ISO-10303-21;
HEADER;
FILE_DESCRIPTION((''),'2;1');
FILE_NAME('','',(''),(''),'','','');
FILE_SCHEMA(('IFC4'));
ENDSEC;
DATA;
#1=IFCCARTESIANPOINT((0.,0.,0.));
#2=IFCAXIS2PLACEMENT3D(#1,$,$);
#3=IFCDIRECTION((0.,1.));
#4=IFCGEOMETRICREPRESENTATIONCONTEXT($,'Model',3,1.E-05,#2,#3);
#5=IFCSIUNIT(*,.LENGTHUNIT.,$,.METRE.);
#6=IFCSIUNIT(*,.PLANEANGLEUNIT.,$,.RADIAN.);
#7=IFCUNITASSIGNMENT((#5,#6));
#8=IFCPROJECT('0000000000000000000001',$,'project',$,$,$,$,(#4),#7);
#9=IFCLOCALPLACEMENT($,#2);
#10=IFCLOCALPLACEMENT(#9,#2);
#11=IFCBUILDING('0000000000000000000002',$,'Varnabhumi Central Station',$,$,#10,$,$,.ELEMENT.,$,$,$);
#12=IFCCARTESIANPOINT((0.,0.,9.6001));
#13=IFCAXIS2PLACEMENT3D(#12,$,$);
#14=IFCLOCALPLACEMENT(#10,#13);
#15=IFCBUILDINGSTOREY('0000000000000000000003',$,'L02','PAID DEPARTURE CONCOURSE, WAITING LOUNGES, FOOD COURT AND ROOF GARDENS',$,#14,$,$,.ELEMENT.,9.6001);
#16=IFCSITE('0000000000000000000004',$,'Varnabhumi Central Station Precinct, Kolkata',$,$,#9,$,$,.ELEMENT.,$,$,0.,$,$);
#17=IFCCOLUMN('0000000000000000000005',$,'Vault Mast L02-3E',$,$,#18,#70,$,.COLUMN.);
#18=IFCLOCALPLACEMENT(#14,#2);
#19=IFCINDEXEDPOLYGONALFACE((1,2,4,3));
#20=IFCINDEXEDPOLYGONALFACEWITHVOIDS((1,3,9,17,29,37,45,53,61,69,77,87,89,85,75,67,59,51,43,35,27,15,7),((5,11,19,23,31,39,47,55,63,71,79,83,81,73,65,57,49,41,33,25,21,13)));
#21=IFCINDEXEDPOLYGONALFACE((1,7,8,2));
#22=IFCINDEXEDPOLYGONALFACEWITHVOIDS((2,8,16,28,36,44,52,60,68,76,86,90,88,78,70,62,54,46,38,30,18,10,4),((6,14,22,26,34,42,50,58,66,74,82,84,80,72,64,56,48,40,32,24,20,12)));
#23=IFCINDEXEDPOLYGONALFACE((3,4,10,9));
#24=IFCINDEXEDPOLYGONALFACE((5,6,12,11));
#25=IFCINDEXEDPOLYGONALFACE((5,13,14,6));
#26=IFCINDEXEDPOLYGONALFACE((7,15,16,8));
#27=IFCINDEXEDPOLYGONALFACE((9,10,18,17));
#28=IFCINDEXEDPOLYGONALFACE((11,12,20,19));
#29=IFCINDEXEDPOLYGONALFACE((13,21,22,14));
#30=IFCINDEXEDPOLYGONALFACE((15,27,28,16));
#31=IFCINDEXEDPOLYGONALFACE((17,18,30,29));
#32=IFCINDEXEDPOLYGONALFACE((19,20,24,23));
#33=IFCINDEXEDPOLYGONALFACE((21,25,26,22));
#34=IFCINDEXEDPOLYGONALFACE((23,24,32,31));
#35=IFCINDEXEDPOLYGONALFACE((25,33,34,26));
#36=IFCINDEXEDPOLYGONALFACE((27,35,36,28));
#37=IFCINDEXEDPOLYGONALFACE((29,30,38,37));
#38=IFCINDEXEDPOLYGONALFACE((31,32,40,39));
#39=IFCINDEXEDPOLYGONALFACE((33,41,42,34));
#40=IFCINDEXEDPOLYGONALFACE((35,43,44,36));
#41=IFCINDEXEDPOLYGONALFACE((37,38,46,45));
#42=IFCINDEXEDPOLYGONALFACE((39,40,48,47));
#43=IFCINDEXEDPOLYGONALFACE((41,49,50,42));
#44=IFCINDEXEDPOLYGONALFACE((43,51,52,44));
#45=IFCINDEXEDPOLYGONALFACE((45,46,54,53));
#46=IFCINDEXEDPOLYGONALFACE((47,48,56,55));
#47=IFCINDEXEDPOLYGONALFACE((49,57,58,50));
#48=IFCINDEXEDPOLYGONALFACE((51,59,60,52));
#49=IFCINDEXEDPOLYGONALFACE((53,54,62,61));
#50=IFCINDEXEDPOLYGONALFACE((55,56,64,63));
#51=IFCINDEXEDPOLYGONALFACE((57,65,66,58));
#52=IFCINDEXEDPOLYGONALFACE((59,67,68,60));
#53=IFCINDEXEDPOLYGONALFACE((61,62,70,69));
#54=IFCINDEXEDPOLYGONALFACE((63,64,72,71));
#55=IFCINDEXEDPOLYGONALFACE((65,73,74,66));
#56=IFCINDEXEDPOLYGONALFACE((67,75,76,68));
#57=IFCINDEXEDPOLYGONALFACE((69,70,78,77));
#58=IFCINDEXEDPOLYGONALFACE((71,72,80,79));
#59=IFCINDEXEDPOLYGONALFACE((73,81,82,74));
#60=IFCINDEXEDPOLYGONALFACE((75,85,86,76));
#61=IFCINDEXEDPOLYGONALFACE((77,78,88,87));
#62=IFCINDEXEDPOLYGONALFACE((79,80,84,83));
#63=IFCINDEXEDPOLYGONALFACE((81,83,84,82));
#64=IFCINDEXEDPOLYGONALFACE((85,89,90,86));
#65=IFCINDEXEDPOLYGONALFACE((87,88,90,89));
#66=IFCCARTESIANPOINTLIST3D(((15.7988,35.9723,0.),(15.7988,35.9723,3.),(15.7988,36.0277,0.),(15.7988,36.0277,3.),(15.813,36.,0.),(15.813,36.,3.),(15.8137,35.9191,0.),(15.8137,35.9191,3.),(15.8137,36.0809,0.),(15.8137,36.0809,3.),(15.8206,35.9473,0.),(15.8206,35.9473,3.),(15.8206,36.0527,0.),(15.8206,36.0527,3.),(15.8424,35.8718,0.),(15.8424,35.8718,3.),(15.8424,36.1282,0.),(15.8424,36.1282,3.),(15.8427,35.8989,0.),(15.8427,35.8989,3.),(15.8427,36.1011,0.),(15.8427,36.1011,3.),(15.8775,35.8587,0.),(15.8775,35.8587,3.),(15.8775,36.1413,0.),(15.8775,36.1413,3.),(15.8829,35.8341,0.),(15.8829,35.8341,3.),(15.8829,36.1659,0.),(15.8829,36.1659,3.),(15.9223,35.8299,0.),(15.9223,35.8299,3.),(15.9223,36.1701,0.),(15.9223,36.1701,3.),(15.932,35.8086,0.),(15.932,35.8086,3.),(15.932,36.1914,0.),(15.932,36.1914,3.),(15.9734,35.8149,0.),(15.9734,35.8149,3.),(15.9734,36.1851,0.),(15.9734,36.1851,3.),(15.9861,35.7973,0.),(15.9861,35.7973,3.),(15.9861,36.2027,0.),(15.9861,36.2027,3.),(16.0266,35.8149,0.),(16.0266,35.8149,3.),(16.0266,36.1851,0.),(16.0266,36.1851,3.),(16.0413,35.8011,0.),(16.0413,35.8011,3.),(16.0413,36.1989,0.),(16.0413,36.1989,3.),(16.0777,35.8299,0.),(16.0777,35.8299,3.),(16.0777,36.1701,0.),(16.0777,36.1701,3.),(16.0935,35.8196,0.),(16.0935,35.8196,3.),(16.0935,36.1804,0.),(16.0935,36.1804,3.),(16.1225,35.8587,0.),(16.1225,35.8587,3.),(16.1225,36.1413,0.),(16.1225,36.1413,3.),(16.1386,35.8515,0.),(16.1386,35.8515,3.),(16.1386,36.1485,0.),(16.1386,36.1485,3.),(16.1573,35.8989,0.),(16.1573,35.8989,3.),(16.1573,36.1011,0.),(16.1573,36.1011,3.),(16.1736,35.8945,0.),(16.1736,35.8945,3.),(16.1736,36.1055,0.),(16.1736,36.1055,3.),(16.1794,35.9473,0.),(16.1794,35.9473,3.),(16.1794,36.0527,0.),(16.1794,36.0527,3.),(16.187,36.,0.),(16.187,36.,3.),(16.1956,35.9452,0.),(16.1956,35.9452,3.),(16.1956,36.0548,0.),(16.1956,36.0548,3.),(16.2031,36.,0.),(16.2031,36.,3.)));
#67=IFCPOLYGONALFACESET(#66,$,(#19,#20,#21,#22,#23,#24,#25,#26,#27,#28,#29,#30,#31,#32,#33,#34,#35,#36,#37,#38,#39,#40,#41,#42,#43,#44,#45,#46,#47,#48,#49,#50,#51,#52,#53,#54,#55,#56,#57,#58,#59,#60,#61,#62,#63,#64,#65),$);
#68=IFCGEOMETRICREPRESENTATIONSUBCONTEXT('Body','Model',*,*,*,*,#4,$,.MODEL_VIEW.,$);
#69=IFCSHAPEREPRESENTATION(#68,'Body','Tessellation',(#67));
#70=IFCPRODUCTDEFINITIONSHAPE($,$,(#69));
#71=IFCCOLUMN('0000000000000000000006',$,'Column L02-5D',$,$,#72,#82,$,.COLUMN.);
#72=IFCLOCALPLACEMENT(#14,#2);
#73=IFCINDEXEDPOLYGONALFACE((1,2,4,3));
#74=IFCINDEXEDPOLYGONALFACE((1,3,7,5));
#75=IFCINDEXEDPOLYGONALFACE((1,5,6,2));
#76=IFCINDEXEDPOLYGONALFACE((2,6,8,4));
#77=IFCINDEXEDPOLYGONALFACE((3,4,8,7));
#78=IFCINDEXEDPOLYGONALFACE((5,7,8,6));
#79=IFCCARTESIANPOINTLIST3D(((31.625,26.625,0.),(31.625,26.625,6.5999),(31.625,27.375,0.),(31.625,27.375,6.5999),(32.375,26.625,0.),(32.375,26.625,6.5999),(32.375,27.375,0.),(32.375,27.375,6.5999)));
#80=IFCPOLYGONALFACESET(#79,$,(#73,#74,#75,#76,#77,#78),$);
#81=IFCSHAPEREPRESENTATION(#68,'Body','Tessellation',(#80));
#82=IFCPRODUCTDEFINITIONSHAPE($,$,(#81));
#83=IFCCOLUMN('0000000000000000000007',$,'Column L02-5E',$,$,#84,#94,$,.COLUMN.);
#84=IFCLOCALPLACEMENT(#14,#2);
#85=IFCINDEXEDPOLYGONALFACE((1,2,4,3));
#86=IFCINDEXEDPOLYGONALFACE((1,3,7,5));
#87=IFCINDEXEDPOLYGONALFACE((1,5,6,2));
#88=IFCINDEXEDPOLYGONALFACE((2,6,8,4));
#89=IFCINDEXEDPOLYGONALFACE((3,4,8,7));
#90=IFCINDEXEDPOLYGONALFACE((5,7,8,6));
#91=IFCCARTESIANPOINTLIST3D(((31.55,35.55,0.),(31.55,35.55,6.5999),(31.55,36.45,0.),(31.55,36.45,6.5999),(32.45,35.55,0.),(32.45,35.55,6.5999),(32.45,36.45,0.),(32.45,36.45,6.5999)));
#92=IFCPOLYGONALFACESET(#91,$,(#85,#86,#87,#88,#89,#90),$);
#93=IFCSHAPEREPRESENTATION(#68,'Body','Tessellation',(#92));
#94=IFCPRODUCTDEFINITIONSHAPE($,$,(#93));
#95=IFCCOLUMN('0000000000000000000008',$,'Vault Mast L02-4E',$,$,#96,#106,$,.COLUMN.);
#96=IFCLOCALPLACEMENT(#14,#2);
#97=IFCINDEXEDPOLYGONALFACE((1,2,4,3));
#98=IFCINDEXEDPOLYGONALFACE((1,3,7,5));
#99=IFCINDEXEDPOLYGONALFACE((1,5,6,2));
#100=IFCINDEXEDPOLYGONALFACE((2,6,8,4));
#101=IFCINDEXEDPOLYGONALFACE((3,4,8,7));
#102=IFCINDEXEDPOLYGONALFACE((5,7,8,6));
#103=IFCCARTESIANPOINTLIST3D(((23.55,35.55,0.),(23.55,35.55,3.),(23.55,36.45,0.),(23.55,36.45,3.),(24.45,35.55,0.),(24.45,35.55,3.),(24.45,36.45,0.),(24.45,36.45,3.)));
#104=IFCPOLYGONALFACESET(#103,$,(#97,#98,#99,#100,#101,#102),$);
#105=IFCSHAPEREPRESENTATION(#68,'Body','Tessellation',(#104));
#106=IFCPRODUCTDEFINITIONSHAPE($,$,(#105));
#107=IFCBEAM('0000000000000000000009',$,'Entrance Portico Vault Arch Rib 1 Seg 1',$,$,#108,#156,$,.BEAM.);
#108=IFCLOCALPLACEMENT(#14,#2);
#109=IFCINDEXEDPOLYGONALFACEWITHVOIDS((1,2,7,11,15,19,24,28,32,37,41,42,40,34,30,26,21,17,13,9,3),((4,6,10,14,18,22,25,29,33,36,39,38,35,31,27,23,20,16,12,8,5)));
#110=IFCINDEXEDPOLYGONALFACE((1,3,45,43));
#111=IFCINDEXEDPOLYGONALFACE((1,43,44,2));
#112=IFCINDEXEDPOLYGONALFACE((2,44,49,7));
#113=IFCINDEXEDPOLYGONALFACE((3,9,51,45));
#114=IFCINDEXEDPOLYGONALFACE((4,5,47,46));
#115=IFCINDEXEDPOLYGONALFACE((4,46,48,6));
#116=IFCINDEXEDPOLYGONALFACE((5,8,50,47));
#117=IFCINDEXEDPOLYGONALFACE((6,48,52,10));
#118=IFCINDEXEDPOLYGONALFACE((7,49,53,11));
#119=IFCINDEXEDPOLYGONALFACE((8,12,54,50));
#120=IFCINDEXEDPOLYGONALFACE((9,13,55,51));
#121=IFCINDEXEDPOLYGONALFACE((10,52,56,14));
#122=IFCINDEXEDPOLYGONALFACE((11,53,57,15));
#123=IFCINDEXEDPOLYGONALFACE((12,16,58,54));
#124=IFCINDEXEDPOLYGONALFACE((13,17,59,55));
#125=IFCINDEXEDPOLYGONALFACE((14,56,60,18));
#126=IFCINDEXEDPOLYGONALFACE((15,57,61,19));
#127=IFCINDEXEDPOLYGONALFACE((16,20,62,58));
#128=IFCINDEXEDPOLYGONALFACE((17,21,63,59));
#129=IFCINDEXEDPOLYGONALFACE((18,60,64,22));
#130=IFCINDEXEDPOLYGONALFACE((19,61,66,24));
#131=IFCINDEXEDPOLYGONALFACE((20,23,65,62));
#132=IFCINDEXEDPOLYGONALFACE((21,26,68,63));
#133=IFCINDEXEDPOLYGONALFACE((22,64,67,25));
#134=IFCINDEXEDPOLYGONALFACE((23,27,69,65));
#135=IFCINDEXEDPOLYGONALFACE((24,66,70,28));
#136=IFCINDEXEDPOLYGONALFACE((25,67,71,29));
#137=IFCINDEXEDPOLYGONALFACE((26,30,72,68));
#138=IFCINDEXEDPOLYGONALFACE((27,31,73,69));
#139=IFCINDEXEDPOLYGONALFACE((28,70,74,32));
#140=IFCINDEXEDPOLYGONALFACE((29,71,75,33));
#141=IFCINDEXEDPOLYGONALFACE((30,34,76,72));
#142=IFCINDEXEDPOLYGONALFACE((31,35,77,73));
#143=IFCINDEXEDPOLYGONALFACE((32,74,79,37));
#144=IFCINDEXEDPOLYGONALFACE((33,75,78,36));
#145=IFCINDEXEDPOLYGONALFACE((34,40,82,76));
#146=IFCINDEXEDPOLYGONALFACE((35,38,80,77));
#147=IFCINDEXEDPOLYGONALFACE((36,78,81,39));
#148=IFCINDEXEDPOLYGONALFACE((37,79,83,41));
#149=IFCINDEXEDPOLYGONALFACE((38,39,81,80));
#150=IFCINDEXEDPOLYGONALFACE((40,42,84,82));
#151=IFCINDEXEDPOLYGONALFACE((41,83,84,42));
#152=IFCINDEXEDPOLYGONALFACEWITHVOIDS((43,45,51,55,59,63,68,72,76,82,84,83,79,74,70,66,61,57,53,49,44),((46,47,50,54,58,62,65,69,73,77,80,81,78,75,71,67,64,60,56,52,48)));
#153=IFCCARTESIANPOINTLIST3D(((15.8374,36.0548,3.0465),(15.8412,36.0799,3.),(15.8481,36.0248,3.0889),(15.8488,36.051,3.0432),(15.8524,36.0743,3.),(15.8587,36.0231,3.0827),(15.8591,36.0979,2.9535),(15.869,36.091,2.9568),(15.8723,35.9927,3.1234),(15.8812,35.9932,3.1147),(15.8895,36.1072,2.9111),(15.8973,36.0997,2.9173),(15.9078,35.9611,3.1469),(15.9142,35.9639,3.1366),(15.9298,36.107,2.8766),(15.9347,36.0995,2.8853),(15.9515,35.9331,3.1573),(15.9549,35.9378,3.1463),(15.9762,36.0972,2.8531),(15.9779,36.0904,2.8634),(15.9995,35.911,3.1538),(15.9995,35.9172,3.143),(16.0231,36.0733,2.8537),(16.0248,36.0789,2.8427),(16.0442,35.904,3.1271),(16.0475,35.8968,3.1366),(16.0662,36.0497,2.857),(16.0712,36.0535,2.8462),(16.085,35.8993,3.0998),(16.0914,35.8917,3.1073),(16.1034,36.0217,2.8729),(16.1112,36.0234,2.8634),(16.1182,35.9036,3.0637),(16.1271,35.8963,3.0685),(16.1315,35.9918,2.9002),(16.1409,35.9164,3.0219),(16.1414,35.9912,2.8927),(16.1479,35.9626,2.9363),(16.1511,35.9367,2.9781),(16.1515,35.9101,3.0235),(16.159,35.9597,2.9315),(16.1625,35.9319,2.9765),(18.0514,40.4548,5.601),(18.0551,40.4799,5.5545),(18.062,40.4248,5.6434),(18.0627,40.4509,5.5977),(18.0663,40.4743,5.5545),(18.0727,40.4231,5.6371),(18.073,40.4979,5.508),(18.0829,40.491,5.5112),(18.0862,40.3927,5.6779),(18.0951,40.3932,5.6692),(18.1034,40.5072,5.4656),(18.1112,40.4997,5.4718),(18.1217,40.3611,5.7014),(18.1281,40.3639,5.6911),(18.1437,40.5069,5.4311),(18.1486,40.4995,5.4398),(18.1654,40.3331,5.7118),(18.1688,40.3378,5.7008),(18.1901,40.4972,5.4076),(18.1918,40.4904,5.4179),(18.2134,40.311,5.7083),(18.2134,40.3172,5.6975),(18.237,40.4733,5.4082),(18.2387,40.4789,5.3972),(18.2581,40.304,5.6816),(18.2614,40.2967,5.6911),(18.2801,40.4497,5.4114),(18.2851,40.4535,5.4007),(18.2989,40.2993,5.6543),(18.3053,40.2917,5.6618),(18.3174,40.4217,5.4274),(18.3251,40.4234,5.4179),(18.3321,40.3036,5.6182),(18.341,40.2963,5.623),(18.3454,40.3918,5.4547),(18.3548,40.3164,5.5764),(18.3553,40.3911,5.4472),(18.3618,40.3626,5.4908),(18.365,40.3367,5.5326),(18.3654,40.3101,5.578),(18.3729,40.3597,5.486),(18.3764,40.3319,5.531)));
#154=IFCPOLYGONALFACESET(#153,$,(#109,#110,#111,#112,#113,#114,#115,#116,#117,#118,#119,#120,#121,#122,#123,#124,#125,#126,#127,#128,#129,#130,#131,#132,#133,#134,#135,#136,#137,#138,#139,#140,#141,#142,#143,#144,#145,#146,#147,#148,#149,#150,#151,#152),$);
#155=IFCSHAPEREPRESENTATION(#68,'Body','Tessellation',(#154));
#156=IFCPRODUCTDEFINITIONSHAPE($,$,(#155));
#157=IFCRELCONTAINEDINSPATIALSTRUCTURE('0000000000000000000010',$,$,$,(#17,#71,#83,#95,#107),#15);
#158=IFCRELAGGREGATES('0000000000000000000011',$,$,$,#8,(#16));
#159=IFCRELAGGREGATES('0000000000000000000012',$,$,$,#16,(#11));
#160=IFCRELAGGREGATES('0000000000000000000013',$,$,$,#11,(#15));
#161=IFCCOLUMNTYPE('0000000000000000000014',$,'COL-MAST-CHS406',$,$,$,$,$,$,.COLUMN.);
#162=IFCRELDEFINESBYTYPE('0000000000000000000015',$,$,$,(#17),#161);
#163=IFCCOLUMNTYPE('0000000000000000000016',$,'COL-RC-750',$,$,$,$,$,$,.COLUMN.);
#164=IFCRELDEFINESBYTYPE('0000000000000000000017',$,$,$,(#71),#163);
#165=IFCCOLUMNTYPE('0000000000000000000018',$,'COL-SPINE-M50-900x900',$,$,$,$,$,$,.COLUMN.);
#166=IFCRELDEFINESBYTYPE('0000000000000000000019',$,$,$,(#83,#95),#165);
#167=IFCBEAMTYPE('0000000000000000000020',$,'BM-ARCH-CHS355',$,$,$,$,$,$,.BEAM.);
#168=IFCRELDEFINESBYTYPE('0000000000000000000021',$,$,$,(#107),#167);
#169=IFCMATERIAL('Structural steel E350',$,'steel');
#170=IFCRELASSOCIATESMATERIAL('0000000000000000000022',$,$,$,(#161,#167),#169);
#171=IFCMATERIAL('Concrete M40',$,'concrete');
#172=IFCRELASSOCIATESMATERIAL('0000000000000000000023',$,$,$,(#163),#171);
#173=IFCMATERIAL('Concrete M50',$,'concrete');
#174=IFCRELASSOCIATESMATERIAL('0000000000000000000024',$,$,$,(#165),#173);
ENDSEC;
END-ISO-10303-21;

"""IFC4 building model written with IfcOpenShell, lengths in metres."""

from ifc_helpers import new_model, si_unit, direction, frame, origin, origin_2d, place, context, subcontext, project, spatial, rectangle, hollow_circle, extrude, material, material_profile, profile_set, type_object, element, save


model = new_model("IFC4")

# Units and contexts
model_context = context("Model", 3, precision=1e-05, world=origin(), true_north=direction((0.0, 1.0)))
body_context = subcontext(model_context, "Body", "Model", "MODEL_VIEW")
ifc_project = project(units=[si_unit("LENGTHUNIT", "METRE"), si_unit("PLANEANGLEUNIT", "RADIAN")], contexts=[model_context])

# Site, building, storey
site_placement = place(None, origin())
site = spatial("IfcSite", under=ifc_project, at=site_placement, Name="Varnabhumi Central Station Precinct, Kolkata", CompositionType="ELEMENT", RefElevation=0.0)
building_placement = place(site_placement, origin())
building = spatial("IfcBuilding", under=site, at=building_placement, Name="Varnabhumi Central Station", CompositionType="ELEMENT")
storey_placement = place(building_placement, frame((0.0, 0.0, 9.6001)))
storey = spatial("IfcBuildingStorey", under=building, at=storey_placement, Name="L02", Description="PAID DEPARTURE CONCOURSE, WAITING LOUNGES, FOOD COURT AND ROOF GARDENS", CompositionType="ELEMENT", Elevation=9.6001)

# Columns
ifc_material_1 = material(Name="Structural steel E350", Category="steel")
ifc_material_profile_1 = material_profile(ifc_material_1, hollow_circle(Radius=0.2031, WallThickness=0.0161, at=origin_2d()), Name="Structural steel E350", Category="steel")
ifc_profile_set_1 = profile_set([ifc_material_profile_1], Name="Structural steel E350")
column_type_1 = type_object("IfcColumnType", Name="COL-MAST-CHS406", PredefinedType="COLUMN", material=ifc_profile_set_1)
column_1_placement = place(storey_placement, frame((16.0, 36.0, 0.0), z_axis=(0.0, 0.0, 1.0), x_axis=(1.0, 0.0, 0.0)))
element("IfcColumn", 1, at=column_1_placement, inside=storey, type_object=column_type_1, Name="Vault Mast L02-3E", PredefinedType="COLUMN", context=body_context, shape_type="SweptSolid", body=[
    extrude(hollow_circle(Radius=0.2031, WallThickness=0.0161, at=origin_2d()), origin(), (0.0, 0.0, 1.0), 3.0),
])
ifc_material_2 = material(Name="Concrete M40", Category="concrete")
ifc_material_profile_2 = material_profile(ifc_material_2, rectangle(XDim=0.75, YDim=0.75, at=origin_2d()), Name="Concrete M40", Category="concrete")
ifc_profile_set_2 = profile_set([ifc_material_profile_2], Name="Concrete M40")
column_type_2 = type_object("IfcColumnType", Name="COL-RC-750", PredefinedType="COLUMN", material=ifc_profile_set_2)
column_2_placement = place(storey_placement, frame((32.0, 27.0, 0.0), z_axis=(0.0, 0.0, 1.0), x_axis=(1.0, 0.0, 0.0)))
element("IfcColumn", 2, at=column_2_placement, inside=storey, type_object=column_type_2, Name="Column L02-5D", PredefinedType="COLUMN", context=body_context, shape_type="SweptSolid", body=[
    extrude(rectangle(XDim=0.75, YDim=0.75, at=origin_2d()), origin(), (0.0, 0.0, 1.0), 6.5999),
])
ifc_material_3 = material(Name="Concrete M50", Category="concrete")
ifc_material_profile_3 = material_profile(ifc_material_3, rectangle(XDim=0.8999, YDim=0.8999, at=origin_2d()), Name="Concrete M50", Category="concrete")
ifc_profile_set_3 = profile_set([ifc_material_profile_3], Name="Concrete M50")
column_type_3 = type_object("IfcColumnType", Name="COL-SPINE-M50-900x900", PredefinedType="COLUMN", material=ifc_profile_set_3)
column_3_placement = place(storey_placement, frame((32.0, 36.0, 0.0), z_axis=(0.0, 0.0, 1.0), x_axis=(1.0, 0.0, 0.0)))
element("IfcColumn", 3, at=column_3_placement, inside=storey, type_object=column_type_3, Name="Column L02-5E", PredefinedType="COLUMN", context=body_context, shape_type="SweptSolid", body=[
    extrude(rectangle(XDim=0.8999, YDim=0.8999, at=origin_2d()), origin(), (0.0, 0.0, 1.0), 6.5999),
])
column_4_placement = place(storey_placement, frame((24.0, 36.0, 0.0), z_axis=(0.0, 0.0, 1.0), x_axis=(1.0, 0.0, 0.0)))
element("IfcColumn", 4, at=column_4_placement, inside=storey, type_object=column_type_3, Name="Vault Mast L02-4E", PredefinedType="COLUMN", context=body_context, shape_type="SweptSolid", body=[
    extrude(rectangle(XDim=0.8999, YDim=0.8999, at=origin_2d()), origin(), (0.0, 0.0, 1.0), 3.0),
])

# Beam
ifc_material_profile_4 = material_profile(ifc_material_1, hollow_circle(Radius=0.1777, WallThickness=0.0125, at=origin_2d()), Name="Structural steel E350", Category="steel")
ifc_profile_set_4 = profile_set([ifc_material_profile_4], Name="Structural steel E350")
beam_type_1 = type_object("IfcBeamType", Name="BM-ARCH-CHS355", PredefinedType="BEAM", material=ifc_profile_set_4)
beam_1_placement = place(storey_placement, frame((16.0, 36.0, 3.0), z_axis=(0.399005, 0.792994, 0.460387), x_axis=(-0.893294, 0.449472, 0.0)))
element("IfcBeam", 5, at=beam_1_placement, inside=storey, type_object=beam_type_1, Name="Entrance Portico Vault Arch Rib 1 Seg 1", PredefinedType="BEAM", context=body_context, shape_type="SweptSolid", body=[
    extrude(hollow_circle(Radius=0.1777, WallThickness=0.0125, at=origin_2d()), origin(), (0.0, 0.0, 1.0), 5.5486),
])

save(model, "model.ifc")
